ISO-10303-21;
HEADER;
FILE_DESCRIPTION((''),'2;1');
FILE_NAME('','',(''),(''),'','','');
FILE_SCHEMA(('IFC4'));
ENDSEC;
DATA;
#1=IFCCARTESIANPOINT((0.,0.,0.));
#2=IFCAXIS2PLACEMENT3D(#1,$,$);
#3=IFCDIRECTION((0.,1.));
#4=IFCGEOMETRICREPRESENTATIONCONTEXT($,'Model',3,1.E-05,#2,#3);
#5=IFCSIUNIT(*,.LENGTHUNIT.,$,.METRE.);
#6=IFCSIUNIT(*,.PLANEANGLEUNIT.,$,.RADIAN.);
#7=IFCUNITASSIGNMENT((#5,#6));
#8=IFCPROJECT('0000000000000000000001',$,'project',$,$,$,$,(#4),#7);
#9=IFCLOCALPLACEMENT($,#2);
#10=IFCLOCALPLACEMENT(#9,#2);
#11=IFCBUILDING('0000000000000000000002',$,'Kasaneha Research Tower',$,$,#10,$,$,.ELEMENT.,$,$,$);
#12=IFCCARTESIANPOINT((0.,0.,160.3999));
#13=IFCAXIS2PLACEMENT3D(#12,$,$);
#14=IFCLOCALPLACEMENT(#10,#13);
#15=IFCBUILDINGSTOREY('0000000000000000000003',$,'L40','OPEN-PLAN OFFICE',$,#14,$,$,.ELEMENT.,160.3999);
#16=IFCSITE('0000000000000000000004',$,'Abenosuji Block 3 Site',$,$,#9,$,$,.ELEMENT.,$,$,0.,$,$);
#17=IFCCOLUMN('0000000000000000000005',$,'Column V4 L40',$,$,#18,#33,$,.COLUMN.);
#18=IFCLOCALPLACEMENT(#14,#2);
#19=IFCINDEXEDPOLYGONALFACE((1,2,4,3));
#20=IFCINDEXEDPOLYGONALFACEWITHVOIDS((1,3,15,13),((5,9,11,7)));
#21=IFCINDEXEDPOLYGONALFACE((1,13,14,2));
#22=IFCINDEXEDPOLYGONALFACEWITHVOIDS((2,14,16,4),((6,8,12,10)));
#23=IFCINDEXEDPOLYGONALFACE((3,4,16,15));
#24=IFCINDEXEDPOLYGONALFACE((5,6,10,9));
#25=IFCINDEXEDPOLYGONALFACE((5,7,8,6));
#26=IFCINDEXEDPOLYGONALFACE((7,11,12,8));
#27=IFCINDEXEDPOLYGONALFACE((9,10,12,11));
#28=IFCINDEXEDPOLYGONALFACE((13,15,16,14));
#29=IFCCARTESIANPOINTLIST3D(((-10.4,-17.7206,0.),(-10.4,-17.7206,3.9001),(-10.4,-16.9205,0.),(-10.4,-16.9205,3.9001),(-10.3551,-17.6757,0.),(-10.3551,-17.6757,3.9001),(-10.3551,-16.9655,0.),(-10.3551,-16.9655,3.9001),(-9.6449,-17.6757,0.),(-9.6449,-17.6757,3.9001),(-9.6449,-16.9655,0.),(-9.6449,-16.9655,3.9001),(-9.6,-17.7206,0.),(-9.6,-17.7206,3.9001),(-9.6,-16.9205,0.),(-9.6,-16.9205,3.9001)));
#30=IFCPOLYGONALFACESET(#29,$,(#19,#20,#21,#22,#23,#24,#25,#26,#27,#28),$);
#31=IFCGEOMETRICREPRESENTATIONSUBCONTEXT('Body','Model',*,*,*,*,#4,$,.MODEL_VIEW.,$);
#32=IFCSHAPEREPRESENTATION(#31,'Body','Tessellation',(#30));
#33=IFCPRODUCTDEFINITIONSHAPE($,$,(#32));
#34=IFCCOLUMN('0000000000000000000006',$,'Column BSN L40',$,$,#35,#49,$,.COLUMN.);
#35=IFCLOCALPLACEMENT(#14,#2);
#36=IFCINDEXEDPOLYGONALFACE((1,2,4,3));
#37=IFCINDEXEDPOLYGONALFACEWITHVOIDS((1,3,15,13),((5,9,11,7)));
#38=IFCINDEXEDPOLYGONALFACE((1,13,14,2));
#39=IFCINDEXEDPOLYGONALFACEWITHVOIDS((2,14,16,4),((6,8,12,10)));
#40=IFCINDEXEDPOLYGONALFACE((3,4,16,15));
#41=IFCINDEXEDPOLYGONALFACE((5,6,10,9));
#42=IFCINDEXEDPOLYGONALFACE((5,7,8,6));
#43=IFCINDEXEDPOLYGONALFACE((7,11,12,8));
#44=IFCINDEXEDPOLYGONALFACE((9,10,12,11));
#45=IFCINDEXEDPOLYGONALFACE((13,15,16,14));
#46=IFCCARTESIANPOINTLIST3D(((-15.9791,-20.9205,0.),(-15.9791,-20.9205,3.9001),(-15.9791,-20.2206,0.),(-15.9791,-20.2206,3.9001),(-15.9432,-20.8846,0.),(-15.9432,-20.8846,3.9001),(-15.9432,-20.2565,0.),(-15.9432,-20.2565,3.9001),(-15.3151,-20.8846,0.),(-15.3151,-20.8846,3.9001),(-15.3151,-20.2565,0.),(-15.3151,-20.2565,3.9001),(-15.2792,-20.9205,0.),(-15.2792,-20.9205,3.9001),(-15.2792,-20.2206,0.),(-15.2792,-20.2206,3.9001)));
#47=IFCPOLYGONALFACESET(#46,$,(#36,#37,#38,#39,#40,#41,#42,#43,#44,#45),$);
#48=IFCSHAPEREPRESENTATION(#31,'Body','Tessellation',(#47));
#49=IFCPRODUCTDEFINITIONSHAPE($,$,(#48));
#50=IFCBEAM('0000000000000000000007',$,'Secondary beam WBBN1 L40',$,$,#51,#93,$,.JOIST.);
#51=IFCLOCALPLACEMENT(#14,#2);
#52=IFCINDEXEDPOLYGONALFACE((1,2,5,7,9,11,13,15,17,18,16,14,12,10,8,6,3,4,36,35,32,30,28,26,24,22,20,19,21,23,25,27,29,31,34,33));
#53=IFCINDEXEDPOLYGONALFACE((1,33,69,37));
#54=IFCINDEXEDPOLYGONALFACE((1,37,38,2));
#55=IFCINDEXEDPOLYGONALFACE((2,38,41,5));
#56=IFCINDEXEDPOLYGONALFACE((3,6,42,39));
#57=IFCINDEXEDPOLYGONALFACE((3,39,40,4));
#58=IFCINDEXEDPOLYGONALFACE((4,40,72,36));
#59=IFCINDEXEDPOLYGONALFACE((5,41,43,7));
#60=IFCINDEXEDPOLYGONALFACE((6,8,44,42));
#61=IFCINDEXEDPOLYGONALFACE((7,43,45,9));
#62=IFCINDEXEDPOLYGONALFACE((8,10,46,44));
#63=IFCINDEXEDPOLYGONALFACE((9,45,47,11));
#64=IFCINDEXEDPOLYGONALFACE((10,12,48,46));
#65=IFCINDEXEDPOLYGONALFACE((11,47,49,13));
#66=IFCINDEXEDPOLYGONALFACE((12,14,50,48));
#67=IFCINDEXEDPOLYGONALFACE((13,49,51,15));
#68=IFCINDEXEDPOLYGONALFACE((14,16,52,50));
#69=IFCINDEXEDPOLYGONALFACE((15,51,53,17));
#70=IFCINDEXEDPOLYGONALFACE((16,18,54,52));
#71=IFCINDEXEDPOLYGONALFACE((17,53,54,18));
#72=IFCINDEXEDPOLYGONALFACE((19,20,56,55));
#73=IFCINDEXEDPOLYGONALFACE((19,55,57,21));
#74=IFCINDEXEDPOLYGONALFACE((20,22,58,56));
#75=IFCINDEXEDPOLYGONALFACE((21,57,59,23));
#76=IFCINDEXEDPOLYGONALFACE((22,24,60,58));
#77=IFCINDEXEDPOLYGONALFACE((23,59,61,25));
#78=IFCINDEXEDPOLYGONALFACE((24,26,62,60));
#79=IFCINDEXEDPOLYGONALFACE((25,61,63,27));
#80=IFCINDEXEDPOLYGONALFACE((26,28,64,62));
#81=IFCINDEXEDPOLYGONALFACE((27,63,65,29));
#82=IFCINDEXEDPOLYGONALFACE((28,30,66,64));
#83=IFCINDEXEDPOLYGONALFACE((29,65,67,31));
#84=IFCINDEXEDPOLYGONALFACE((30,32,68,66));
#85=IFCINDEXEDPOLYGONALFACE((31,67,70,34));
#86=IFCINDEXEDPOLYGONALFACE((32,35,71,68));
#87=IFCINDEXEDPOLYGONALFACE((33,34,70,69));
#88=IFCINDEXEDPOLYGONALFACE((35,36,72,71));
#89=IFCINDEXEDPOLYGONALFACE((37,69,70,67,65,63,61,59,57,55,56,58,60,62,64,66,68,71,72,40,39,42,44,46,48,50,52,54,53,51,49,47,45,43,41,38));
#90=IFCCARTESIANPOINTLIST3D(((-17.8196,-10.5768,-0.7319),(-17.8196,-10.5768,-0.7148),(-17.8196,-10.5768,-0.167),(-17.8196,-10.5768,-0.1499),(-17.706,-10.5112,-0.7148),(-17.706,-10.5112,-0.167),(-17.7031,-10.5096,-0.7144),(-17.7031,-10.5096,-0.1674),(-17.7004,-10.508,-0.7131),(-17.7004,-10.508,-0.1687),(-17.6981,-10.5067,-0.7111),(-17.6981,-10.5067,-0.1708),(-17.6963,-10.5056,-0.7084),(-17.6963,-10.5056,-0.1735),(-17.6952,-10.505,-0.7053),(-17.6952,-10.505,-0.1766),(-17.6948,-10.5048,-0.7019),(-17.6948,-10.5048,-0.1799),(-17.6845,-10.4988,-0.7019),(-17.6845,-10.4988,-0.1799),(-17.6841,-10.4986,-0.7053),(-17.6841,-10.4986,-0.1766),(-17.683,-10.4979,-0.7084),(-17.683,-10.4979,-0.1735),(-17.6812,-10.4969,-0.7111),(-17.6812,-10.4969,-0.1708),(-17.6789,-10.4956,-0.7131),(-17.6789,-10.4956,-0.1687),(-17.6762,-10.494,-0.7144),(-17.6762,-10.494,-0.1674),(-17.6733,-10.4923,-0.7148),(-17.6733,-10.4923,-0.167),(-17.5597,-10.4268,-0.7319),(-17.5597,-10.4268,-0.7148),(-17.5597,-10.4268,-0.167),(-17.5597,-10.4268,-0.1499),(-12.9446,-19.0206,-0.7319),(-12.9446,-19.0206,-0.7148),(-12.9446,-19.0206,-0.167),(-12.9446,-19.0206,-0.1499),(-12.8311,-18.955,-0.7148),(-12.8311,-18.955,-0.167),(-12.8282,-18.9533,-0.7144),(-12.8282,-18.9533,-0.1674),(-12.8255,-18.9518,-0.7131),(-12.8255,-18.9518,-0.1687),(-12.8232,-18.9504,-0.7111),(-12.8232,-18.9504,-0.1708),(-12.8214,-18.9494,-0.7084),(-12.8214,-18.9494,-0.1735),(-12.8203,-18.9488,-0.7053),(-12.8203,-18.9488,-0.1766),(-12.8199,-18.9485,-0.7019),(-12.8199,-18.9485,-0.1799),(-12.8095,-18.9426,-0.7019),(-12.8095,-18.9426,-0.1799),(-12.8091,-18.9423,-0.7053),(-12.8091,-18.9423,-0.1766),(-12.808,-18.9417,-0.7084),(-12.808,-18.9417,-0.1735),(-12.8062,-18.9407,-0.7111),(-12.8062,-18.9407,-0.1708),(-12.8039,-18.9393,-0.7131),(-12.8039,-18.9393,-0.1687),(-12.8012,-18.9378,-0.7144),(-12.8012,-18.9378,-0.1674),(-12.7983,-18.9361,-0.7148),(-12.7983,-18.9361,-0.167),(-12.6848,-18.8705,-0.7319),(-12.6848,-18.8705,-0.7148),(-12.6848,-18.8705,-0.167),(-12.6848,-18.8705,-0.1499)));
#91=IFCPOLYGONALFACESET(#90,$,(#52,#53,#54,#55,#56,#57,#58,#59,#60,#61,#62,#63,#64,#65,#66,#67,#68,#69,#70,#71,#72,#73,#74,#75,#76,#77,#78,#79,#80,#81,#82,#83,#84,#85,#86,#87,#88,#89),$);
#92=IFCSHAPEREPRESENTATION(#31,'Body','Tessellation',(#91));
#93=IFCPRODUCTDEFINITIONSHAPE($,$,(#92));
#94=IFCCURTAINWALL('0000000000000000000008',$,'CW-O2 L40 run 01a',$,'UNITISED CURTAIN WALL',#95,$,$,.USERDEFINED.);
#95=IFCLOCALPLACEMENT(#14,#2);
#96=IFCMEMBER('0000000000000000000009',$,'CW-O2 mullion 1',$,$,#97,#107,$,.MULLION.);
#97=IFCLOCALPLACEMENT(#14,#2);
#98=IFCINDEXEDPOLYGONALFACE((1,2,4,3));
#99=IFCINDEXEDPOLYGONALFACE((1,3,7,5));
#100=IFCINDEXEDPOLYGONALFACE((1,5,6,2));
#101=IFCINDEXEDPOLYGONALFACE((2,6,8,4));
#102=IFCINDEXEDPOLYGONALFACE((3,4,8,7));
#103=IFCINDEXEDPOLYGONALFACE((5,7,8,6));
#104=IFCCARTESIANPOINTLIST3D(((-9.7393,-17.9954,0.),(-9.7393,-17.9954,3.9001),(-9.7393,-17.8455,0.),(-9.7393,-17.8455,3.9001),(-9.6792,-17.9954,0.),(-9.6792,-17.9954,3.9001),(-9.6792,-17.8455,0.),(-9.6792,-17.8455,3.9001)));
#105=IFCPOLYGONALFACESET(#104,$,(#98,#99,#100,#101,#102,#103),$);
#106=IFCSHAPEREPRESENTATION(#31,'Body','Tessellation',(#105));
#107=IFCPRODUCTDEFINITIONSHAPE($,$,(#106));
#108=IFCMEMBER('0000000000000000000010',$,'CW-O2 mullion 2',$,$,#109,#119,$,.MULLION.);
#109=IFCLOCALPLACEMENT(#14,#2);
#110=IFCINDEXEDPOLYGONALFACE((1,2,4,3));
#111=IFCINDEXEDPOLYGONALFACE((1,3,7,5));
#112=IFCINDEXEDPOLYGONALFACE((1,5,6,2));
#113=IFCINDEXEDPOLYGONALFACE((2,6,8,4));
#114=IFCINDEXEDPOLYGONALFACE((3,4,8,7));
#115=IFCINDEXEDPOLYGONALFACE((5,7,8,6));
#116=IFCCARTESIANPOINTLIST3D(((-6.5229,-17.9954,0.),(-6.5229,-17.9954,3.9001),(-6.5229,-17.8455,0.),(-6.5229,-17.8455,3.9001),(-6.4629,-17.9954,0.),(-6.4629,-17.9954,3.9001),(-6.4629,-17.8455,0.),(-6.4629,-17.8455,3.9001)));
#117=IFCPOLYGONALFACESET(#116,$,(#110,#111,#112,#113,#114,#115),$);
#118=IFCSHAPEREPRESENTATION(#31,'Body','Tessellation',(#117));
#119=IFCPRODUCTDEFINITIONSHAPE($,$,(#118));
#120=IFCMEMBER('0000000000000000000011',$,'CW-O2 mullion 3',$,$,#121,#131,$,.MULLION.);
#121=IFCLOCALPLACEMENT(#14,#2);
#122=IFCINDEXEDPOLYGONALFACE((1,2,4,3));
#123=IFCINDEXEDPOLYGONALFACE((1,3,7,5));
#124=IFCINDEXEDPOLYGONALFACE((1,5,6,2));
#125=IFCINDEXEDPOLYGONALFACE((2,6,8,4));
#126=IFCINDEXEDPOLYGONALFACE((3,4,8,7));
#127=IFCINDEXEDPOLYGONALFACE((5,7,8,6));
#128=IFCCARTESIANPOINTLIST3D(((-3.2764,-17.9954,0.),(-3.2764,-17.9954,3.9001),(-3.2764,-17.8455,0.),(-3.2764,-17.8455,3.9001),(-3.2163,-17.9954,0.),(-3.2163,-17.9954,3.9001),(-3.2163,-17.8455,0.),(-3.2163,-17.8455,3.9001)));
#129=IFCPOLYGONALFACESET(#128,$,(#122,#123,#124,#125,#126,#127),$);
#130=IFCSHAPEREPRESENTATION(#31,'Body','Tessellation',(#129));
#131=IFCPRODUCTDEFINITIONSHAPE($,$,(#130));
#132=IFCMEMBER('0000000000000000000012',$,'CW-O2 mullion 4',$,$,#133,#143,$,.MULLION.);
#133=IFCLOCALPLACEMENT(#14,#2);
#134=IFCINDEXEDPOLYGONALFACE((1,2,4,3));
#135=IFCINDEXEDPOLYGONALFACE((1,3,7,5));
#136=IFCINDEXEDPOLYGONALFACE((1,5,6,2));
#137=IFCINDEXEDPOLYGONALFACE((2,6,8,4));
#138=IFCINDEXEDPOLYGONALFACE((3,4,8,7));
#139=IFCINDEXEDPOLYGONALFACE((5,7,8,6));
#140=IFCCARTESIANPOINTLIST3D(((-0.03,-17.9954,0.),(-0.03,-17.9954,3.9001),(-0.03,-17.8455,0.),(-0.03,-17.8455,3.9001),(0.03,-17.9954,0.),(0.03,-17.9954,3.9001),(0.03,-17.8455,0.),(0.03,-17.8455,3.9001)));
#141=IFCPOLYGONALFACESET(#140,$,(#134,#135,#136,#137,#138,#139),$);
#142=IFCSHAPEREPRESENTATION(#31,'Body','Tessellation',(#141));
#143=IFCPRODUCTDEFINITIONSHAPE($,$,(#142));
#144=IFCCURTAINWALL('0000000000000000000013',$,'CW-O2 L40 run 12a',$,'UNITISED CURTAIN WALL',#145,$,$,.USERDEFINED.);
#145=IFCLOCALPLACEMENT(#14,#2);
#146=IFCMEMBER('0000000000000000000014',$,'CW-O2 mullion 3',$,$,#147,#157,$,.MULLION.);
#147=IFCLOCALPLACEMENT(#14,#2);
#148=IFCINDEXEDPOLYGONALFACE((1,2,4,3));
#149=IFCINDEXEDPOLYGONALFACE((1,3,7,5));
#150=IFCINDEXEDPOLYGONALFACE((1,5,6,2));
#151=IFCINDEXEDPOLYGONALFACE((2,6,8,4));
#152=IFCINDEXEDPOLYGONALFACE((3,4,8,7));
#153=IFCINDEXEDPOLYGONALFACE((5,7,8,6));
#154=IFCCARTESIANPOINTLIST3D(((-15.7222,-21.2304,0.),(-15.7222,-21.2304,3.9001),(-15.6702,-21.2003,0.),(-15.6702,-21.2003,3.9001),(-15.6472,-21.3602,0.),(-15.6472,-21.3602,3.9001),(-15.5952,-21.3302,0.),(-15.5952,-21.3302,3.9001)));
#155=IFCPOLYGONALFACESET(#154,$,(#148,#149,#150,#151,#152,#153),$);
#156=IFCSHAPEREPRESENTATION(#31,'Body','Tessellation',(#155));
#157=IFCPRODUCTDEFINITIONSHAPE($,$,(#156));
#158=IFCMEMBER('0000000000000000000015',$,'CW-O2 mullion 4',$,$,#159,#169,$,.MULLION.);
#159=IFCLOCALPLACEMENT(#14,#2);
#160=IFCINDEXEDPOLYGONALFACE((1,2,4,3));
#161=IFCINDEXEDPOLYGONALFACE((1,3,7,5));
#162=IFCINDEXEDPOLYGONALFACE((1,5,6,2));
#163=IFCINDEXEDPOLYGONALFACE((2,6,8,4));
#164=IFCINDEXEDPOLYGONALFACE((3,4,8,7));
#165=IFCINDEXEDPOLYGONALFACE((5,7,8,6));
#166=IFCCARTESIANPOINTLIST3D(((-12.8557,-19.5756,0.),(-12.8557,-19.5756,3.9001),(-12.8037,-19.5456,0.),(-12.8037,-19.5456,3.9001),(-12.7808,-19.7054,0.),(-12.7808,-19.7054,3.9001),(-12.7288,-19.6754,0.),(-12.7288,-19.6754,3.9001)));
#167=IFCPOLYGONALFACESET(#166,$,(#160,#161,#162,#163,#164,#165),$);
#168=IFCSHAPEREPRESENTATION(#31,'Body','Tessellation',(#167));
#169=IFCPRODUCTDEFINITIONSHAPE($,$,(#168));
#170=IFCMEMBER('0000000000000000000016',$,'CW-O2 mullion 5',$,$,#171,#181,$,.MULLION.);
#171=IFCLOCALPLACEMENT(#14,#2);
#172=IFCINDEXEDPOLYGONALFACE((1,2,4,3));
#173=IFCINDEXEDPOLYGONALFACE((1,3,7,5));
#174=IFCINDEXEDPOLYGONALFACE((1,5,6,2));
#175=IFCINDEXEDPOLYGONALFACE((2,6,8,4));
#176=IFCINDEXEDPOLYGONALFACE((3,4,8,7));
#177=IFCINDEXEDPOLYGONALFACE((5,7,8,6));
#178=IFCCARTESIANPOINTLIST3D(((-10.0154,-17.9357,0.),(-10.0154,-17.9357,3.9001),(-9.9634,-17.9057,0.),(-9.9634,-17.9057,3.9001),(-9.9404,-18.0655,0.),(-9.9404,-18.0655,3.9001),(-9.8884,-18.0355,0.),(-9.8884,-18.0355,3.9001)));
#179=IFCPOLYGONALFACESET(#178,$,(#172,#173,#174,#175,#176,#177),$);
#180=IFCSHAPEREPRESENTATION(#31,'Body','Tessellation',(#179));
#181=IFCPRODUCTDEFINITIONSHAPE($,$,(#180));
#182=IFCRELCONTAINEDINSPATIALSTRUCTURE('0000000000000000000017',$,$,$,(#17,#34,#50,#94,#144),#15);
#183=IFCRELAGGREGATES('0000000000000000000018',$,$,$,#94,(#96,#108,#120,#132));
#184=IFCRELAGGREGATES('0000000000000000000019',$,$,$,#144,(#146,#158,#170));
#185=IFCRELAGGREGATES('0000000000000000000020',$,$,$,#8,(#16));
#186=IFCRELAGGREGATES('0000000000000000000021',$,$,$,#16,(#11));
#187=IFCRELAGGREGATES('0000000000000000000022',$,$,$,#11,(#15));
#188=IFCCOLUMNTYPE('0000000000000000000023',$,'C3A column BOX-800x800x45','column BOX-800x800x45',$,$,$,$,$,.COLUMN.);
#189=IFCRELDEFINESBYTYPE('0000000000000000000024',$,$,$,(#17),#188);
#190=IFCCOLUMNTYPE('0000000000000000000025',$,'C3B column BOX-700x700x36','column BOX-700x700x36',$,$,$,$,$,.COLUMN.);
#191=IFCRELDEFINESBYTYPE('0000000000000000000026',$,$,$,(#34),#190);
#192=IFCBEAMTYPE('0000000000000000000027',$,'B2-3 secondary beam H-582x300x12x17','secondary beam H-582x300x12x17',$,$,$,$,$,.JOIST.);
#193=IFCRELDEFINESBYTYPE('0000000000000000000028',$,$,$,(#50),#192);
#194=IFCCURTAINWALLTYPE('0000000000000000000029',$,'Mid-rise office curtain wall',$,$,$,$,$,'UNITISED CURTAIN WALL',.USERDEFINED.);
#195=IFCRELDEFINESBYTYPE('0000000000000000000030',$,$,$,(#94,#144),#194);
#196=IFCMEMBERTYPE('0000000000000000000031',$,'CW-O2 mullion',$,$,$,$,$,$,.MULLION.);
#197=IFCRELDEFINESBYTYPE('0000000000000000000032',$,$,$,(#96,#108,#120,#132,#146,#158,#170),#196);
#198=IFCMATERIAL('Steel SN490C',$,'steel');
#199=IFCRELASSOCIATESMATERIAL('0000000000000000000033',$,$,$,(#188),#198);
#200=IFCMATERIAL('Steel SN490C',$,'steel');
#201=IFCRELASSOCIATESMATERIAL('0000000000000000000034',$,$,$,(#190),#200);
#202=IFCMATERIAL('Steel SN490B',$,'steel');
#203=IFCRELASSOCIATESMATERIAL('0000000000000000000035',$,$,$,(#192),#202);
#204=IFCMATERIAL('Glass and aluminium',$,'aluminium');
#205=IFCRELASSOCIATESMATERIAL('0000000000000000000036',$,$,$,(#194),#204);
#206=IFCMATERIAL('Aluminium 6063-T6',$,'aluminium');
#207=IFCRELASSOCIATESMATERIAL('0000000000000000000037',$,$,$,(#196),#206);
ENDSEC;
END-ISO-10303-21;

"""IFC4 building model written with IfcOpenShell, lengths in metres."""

from ifc_helpers import new_model, si_unit, direction, frame, origin, origin_2d, place, context, subcontext, project, spatial, rectangle, hollow_rectangle, i_section, extrude, material, material_profile, profile_set, type_object, element, aggregate, save


model = new_model("IFC4")

# Units and contexts
model_context = context("Model", 3, precision=1e-05, world=origin(), true_north=direction((0.0, 1.0)))
body_context = subcontext(model_context, "Body", "Model", "MODEL_VIEW")
ifc_project = project(units=[si_unit("LENGTHUNIT", "METRE"), si_unit("PLANEANGLEUNIT", "RADIAN")], contexts=[model_context])

# Site, building, storey
site_placement = place(None, origin())
site = spatial("IfcSite", under=ifc_project, at=site_placement, Name="Abenosuji Block 3 Site", CompositionType="ELEMENT", RefElevation=0.0)
building_placement = place(site_placement, origin())
building = spatial("IfcBuilding", under=site, at=building_placement, Name="Kasaneha Research Tower", CompositionType="ELEMENT")
storey_placement = place(building_placement, frame((0.0, 0.0, 160.3999)))
storey = spatial("IfcBuildingStorey", under=building, at=storey_placement, Name="L40", Description="OPEN-PLAN OFFICE", CompositionType="ELEMENT", Elevation=160.3999)

# Columns
ifc_material_1 = material(Name="Steel SN490C", Category="steel")
ifc_material_profile_1 = material_profile(ifc_material_1, hollow_rectangle(XDim=0.8, YDim=0.8, WallThickness=0.0449, at=origin_2d()), Name="BOX-800x800x45")
ifc_profile_set_1 = profile_set([ifc_material_profile_1], Name="Steel SN490C")
column_type_1 = type_object("IfcColumnType", Name="C3A column BOX-800x800x45", Description="column BOX-800x800x45", PredefinedType="COLUMN", material=ifc_profile_set_1)
column_1_placement = place(storey_placement, frame((-10.0, -17.3206, 0.0), z_axis=(0.0, 0.0, 1.0), x_axis=(1.0, 0.0, 0.0)))
element("IfcColumn", 1, at=column_1_placement, inside=storey, type_object=column_type_1, Name="Column V4 L40", PredefinedType="COLUMN", context=body_context, shape_type="SweptSolid", body=[
    extrude(hollow_rectangle(XDim=0.8, YDim=0.8, WallThickness=0.0449, at=origin_2d()), origin(), (0.0, 0.0, 1.0), 3.9001),
])
ifc_material_2 = material(Name="Steel SN490C", Category="steel")
ifc_material_profile_2 = material_profile(ifc_material_2, hollow_rectangle(XDim=0.7, YDim=0.7, WallThickness=0.0359, at=origin_2d()), Name="BOX-700x700x36")
ifc_profile_set_2 = profile_set([ifc_material_profile_2], Name="Steel SN490C")
column_type_2 = type_object("IfcColumnType", Name="C3B column BOX-700x700x36", Description="column BOX-700x700x36", PredefinedType="COLUMN", material=ifc_profile_set_2)
column_2_placement = place(storey_placement, frame((-15.6292, -20.5706, 0.0), z_axis=(0.0, 0.0, 1.0), x_axis=(1.0, 0.0, 0.0)))
element("IfcColumn", 2, at=column_2_placement, inside=storey, type_object=column_type_2, Name="Column BSN L40", PredefinedType="COLUMN", context=body_context, shape_type="SweptSolid", body=[
    extrude(hollow_rectangle(XDim=0.7, YDim=0.7, WallThickness=0.0359, at=origin_2d()), origin(), (0.0, 0.0, 1.0), 3.9001),
])

# Beam
ifc_material_3 = material(Name="Steel SN490B", Category="steel")
ifc_material_profile_3 = material_profile(ifc_material_3, i_section(OverallWidth=0.3, OverallDepth=0.582, WebThickness=0.012, FlangeThickness=0.0171, FilletRadius=0.0129, at=origin_2d()), Name="H-582x300x12x17")
ifc_profile_set_3 = profile_set([ifc_material_profile_3], Name="Steel SN490B")
beam_type_1 = type_object("IfcBeamType", Name="B2-3 secondary beam H-582x300x12x17", Description="secondary beam H-582x300x12x17", PredefinedType="JOIST", material=ifc_profile_set_3)
beam_1_placement = place(storey_placement, frame((-12.8147, -18.9456, -0.4409), z_axis=(-0.499996, 0.866028, 0.0), x_axis=(-0.866028, -0.499996, 0.0)))
element("IfcBeam", 3, at=beam_1_placement, inside=storey, type_object=beam_type_1, Name="Secondary beam WBBN1 L40", PredefinedType="JOIST", context=body_context, shape_type="SweptSolid", body=[
    extrude(i_section(OverallWidth=0.3, OverallDepth=0.582, WebThickness=0.012, FlangeThickness=0.0171, FilletRadius=0.0129, at=origin_2d()), origin(), (0.0, 0.0, 1.0), 9.75),
])

# Curtain walls, members
ifc_material_4 = material(Name="Glass and aluminium", Category="aluminium")
curtain_wall_type = type_object("IfcCurtainWallType", Name="Mid-rise office curtain wall", ElementType="UNITISED CURTAIN WALL", PredefinedType="USERDEFINED", material=ifc_material_4)
curtain_wall_1_placement = place(storey_placement, origin())
curtain_wall_1 = element("IfcCurtainWall", 4, at=curtain_wall_1_placement, inside=storey, type_object=curtain_wall_type, Name="CW-O2 L40 run 01a", ObjectType="UNITISED CURTAIN WALL", PredefinedType="USERDEFINED")
ifc_material_5 = material(Name="Aluminium 6063-T6", Category="aluminium")
ifc_material_profile_4 = material_profile(ifc_material_5, rectangle(XDim=0.0601, YDim=0.1499, at=origin_2d()), Name="CW-O2 mullion 60x150")
ifc_profile_set_4 = profile_set([ifc_material_profile_4], Name="Aluminium 6063-T6")
member_type_1 = type_object("IfcMemberType", Name="CW-O2 mullion", PredefinedType="MULLION", material=ifc_profile_set_4)
member_1_placement = place(storey_placement, frame((-9.7092, -17.9204, 0.0), z_axis=(0.0, 0.0, 1.0), x_axis=(1.0, 0.0, 0.0)))
member_1 = element("IfcMember", 5, at=member_1_placement, type_object=member_type_1, Name="CW-O2 mullion 1", PredefinedType="MULLION", context=body_context, shape_type="SweptSolid", body=[
    extrude(rectangle(XDim=0.0601, YDim=0.1499, at=origin_2d()), origin(), (0.0, 0.0, 1.0), 3.9001),
])
member_2_placement = place(storey_placement, frame((-6.4929, -17.9204, 0.0), z_axis=(0.0, 0.0, 1.0), x_axis=(1.0, 0.0, 0.0)))
member_2 = element("IfcMember", 6, at=member_2_placement, type_object=member_type_1, Name="CW-O2 mullion 2", PredefinedType="MULLION", context=body_context, shape_type="SweptSolid", body=[
    extrude(rectangle(XDim=0.0601, YDim=0.1499, at=origin_2d()), origin(), (0.0, 0.0, 1.0), 3.9001),
])
member_3_placement = place(storey_placement, frame((-3.2463, -17.9204, 0.0), z_axis=(0.0, 0.0, 1.0), x_axis=(1.0, 0.0, 0.0)))
member_3 = element("IfcMember", 7, at=member_3_placement, type_object=member_type_1, Name="CW-O2 mullion 3", PredefinedType="MULLION", context=body_context, shape_type="SweptSolid", body=[
    extrude(rectangle(XDim=0.0601, YDim=0.1499, at=origin_2d()), origin(), (0.0, 0.0, 1.0), 3.9001),
])
member_4_placement = place(storey_placement, frame((0.0, -17.9204, 0.0), z_axis=(0.0, 0.0, 1.0), x_axis=(1.0, 0.0, 0.0)))
member_4 = element("IfcMember", 8, at=member_4_placement, type_object=member_type_1, Name="CW-O2 mullion 4", PredefinedType="MULLION", context=body_context, shape_type="SweptSolid", body=[
    extrude(rectangle(XDim=0.0601, YDim=0.1499, at=origin_2d()), origin(), (0.0, 0.0, 1.0), 3.9001),
])
curtain_wall_2_placement = place(storey_placement, origin())
curtain_wall_2 = element("IfcCurtainWall", 9, at=curtain_wall_2_placement, inside=storey, type_object=curtain_wall_type, Name="CW-O2 L40 run 12a", ObjectType="UNITISED CURTAIN WALL", PredefinedType="USERDEFINED")
member_5_placement = place(storey_placement, frame((-15.6587, -21.2803, 0.0), z_axis=(0.0, 0.0, 1.0), x_axis=(0.866025, 0.5, 0.0)))
member_5 = element("IfcMember", 10, at=member_5_placement, type_object=member_type_1, Name="CW-O2 mullion 3", PredefinedType="MULLION", context=body_context, shape_type="SweptSolid", body=[
    extrude(rectangle(XDim=0.0601, YDim=0.1499, at=origin_2d()), origin(), (0.0, 0.0, 1.0), 3.9001),
])
member_6_placement = place(storey_placement, frame((-12.7922, -19.6255, 0.0), z_axis=(0.0, 0.0, 1.0), x_axis=(0.866025, 0.5, 0.0)))
member_6 = element("IfcMember", 11, at=member_6_placement, type_object=member_type_1, Name="CW-O2 mullion 4", PredefinedType="MULLION", context=body_context, shape_type="SweptSolid", body=[
    extrude(rectangle(XDim=0.0601, YDim=0.1499, at=origin_2d()), origin(), (0.0, 0.0, 1.0), 3.9001),
])
member_7_placement = place(storey_placement, frame((-9.9519, -17.9856, 0.0), z_axis=(0.0, 0.0, 1.0), x_axis=(0.866025, 0.5, 0.0)))
member_7 = element("IfcMember", 12, at=member_7_placement, type_object=member_type_1, Name="CW-O2 mullion 5", PredefinedType="MULLION", context=body_context, shape_type="SweptSolid", body=[
    extrude(rectangle(XDim=0.0601, YDim=0.1499, at=origin_2d()), origin(), (0.0, 0.0, 1.0), 3.9001),
])

aggregate(curtain_wall_1, [member_1, member_2, member_3, member_4])
aggregate(curtain_wall_2, [member_5, member_6, member_7])

save(model, "model.ifc")
